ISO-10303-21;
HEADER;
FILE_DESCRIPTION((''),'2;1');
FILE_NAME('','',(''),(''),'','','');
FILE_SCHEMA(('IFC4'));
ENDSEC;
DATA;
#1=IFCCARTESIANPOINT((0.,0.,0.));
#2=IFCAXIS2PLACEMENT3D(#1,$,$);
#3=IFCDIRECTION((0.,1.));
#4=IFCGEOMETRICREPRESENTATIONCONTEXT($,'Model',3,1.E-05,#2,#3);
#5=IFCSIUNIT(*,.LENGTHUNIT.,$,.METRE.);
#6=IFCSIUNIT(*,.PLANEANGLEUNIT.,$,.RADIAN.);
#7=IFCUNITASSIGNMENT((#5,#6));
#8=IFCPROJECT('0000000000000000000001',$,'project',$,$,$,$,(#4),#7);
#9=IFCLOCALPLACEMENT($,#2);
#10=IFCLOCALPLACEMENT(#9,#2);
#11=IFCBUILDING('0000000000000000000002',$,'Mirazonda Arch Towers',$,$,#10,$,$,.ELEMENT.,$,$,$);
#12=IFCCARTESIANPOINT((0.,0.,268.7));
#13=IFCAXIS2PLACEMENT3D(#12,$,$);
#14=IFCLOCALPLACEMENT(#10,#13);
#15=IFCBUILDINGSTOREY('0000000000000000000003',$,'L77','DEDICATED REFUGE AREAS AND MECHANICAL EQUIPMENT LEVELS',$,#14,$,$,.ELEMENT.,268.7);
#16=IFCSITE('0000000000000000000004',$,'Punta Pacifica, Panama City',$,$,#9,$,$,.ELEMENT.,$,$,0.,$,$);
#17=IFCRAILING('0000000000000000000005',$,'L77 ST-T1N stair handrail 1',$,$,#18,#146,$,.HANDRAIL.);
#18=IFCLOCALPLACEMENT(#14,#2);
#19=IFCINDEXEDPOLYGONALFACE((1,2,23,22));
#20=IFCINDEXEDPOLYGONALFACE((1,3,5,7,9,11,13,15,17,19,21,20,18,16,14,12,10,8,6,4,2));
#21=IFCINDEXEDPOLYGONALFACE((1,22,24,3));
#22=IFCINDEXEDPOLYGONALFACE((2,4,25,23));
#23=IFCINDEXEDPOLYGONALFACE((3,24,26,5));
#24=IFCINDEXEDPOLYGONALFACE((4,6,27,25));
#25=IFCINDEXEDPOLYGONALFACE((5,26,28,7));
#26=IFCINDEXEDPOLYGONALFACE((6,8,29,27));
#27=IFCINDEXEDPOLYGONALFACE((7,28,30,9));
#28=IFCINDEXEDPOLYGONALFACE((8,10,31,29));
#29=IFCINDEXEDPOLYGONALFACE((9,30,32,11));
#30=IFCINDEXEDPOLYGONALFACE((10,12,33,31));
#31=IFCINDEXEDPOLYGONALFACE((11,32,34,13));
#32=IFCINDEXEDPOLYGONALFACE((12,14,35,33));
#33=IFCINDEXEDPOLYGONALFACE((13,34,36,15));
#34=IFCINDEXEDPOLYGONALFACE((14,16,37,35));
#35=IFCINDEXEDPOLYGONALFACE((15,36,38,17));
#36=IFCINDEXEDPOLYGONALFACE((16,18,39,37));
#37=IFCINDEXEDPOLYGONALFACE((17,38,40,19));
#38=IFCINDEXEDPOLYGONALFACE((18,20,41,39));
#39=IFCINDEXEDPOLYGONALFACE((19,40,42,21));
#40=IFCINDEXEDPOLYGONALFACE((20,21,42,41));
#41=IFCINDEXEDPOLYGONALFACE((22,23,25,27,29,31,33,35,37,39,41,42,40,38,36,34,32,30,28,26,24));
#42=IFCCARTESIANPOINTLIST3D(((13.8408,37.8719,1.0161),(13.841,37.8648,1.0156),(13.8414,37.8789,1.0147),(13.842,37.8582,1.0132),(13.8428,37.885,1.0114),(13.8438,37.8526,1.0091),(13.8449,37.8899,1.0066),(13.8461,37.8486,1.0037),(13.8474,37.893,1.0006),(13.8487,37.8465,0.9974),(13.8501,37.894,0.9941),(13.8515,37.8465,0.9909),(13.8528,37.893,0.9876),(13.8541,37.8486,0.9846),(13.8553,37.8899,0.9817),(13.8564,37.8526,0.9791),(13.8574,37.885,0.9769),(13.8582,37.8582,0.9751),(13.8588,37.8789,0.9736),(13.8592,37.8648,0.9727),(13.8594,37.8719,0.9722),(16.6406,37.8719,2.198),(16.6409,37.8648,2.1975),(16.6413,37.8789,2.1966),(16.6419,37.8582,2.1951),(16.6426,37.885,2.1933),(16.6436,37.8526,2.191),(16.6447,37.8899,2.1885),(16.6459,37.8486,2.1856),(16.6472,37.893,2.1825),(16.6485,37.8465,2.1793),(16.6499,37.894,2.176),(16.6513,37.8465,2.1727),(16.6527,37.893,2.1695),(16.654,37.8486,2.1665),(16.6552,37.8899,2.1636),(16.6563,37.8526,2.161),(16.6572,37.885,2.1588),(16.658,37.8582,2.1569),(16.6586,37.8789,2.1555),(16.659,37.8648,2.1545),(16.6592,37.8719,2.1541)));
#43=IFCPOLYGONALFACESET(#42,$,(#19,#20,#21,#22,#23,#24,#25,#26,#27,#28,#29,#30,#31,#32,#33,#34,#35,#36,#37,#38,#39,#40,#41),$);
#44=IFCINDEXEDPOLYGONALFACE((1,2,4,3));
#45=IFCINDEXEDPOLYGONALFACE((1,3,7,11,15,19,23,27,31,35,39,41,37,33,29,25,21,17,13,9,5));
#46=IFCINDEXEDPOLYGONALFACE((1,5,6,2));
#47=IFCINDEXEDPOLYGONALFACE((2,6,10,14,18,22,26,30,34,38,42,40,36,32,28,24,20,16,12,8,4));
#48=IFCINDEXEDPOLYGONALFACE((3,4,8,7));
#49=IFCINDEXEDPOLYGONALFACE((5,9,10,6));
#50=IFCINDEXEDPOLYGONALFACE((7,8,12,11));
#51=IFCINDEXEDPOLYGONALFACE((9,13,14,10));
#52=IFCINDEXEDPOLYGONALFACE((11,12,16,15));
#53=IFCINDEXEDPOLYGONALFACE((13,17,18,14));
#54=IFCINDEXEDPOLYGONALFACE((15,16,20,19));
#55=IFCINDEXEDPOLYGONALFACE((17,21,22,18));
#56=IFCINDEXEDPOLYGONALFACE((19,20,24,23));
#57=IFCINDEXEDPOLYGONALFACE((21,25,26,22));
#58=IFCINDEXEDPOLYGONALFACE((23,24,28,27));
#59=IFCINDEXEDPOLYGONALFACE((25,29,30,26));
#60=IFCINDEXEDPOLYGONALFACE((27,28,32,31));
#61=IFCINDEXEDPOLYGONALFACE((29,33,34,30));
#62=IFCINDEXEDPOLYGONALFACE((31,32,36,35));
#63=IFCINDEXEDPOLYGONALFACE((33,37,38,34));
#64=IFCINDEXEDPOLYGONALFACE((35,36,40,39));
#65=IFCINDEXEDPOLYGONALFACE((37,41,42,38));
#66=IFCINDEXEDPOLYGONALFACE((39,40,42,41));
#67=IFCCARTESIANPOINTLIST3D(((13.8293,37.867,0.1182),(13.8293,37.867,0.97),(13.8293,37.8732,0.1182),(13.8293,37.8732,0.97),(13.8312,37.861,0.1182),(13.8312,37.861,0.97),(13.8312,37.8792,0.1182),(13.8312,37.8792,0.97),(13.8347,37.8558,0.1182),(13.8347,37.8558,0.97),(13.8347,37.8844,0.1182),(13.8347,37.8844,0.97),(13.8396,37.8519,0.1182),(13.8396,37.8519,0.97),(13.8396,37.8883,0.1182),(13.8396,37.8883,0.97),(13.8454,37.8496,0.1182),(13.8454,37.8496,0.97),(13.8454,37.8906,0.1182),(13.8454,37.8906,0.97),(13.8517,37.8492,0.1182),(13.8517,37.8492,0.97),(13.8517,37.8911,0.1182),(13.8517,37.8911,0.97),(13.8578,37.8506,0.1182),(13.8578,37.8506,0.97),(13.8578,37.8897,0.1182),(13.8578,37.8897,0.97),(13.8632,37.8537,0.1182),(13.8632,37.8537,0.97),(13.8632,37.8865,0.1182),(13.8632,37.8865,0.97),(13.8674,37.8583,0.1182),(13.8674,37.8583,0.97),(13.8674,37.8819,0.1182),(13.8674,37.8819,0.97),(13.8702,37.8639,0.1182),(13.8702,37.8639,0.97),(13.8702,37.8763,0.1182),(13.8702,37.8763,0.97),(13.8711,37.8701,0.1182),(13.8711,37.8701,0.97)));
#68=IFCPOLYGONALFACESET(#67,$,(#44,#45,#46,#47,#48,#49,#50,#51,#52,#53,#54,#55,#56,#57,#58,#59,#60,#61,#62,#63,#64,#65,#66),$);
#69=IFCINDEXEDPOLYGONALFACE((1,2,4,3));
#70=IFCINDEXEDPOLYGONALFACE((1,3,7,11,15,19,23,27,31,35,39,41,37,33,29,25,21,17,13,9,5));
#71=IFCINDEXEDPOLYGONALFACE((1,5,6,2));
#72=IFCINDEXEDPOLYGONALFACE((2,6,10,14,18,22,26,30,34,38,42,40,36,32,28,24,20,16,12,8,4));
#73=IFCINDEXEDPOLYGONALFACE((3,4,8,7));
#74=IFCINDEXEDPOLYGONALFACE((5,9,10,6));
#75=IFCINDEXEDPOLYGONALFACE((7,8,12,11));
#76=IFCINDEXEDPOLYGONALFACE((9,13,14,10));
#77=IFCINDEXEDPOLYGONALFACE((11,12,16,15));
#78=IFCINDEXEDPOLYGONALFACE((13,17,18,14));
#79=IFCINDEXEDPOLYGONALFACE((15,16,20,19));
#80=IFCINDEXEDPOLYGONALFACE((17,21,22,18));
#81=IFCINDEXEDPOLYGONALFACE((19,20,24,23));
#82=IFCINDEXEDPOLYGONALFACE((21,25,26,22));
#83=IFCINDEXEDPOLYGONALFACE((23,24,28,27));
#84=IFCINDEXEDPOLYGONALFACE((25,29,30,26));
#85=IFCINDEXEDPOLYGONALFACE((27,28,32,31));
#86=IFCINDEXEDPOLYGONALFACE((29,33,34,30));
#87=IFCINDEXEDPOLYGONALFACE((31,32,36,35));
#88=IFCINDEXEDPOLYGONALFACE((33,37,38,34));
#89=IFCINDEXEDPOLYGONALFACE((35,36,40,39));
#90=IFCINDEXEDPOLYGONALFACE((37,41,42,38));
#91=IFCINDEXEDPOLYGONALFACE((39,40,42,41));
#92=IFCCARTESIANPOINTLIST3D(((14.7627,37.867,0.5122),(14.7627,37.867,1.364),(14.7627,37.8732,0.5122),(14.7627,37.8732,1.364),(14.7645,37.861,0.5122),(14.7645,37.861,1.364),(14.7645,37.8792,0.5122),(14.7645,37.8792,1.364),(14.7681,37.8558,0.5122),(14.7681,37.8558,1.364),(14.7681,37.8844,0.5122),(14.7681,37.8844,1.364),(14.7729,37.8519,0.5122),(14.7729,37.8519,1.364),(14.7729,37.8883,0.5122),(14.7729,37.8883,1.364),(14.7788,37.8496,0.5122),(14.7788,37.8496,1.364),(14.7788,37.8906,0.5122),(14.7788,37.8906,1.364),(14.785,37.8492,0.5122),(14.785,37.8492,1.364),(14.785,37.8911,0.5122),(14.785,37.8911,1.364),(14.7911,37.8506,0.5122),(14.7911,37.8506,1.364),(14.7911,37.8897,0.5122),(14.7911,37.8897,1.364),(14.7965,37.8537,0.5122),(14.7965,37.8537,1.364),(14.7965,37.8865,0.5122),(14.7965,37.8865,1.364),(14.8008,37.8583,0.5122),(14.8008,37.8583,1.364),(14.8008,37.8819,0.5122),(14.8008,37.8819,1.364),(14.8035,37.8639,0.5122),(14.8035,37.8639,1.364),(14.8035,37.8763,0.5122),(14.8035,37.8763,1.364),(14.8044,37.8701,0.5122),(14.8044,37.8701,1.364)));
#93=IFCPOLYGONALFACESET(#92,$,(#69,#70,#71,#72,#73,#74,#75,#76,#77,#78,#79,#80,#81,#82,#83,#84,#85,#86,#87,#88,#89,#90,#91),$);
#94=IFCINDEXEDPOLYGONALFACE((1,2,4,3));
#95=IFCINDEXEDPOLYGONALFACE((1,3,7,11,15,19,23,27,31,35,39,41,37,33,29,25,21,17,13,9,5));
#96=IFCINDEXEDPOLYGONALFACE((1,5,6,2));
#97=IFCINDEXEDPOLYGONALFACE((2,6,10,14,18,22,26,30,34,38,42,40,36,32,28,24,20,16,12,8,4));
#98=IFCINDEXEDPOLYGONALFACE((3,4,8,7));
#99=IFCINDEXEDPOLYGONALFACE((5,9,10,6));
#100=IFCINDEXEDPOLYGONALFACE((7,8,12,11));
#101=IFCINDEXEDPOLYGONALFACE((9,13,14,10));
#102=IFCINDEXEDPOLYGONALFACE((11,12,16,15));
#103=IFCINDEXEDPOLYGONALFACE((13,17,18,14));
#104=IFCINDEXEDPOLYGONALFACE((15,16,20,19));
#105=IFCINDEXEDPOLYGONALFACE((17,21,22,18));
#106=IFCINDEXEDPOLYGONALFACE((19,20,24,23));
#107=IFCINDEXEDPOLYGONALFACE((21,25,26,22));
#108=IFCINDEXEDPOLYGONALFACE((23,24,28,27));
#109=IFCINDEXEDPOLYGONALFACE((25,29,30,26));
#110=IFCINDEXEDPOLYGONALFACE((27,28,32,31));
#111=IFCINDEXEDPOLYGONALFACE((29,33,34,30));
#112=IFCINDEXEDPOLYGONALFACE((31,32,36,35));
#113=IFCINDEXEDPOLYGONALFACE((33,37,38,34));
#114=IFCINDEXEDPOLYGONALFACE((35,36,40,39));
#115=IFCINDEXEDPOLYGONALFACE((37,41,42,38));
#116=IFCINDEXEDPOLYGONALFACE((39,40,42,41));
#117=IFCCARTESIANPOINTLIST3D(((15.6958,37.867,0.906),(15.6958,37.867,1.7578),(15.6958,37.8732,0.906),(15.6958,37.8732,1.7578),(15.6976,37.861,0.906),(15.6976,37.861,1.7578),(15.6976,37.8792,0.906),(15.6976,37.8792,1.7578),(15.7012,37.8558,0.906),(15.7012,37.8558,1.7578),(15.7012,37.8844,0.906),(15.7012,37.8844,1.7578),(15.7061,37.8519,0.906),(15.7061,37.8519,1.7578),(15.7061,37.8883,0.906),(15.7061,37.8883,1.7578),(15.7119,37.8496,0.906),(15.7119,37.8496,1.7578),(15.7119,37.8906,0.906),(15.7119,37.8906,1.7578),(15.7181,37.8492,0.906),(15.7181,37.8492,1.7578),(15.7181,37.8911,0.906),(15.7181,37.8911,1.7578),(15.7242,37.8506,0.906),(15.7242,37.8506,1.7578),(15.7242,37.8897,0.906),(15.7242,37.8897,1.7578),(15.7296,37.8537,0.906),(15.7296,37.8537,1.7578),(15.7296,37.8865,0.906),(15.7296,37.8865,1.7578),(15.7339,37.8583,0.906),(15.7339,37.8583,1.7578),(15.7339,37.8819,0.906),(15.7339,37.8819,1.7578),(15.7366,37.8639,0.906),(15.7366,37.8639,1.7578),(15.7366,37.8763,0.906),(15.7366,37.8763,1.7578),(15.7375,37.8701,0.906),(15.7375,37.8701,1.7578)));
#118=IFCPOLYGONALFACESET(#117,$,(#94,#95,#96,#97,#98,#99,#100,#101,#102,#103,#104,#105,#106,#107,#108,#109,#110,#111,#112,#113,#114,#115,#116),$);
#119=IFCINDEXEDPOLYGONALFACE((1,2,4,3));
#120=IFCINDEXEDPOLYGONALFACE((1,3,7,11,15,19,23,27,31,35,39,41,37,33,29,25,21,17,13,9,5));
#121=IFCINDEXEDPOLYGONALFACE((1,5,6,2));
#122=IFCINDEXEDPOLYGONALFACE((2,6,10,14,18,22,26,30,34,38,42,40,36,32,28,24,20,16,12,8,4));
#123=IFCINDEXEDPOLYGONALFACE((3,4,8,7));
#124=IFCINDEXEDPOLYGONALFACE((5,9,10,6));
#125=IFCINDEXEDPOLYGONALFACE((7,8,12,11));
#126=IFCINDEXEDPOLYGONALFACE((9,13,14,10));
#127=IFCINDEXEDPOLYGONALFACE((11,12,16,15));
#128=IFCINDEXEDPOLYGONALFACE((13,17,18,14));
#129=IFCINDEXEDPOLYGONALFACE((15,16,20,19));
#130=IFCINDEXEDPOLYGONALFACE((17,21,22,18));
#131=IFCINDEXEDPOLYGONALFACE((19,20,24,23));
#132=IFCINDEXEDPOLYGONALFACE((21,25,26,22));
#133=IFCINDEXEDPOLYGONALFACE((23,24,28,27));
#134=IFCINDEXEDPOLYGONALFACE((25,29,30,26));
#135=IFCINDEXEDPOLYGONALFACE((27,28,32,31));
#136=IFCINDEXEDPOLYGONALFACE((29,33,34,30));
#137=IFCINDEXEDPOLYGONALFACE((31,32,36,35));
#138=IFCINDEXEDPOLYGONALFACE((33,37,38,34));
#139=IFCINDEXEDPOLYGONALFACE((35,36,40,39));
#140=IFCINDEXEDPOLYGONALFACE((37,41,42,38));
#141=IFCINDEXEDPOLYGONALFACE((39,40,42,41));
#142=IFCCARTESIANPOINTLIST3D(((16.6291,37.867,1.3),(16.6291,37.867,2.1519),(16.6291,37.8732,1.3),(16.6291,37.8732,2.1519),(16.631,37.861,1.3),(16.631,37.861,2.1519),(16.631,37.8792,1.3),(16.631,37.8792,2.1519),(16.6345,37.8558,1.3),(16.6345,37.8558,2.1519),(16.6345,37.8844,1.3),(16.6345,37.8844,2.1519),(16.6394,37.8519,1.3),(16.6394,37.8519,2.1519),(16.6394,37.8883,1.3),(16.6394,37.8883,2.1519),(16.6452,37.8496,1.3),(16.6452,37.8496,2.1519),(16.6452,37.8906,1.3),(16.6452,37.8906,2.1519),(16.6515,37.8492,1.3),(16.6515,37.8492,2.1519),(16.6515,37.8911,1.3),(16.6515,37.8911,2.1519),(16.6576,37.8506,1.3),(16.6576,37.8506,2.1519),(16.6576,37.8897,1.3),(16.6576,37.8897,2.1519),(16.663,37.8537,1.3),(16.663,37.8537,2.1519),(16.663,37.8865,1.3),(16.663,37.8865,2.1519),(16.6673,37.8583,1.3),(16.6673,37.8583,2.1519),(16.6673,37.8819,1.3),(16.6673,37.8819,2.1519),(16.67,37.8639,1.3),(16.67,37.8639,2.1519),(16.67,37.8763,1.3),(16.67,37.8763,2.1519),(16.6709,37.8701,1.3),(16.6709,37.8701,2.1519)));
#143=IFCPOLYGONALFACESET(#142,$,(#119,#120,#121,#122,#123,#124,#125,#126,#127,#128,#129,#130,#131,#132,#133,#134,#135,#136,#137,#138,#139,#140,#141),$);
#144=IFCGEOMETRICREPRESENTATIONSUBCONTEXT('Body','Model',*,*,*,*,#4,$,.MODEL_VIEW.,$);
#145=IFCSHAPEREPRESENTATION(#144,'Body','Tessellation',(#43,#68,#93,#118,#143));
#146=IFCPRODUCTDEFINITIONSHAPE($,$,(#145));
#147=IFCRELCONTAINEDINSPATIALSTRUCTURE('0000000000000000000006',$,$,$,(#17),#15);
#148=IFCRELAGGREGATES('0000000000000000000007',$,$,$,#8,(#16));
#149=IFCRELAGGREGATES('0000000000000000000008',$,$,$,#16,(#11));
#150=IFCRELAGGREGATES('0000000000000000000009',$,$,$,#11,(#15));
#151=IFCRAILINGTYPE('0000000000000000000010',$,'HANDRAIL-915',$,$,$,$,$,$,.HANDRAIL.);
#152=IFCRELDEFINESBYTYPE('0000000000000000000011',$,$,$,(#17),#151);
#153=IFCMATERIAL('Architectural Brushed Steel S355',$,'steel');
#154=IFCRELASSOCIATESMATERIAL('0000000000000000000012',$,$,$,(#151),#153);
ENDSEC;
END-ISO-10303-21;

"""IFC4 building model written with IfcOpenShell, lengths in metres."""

from ifc_helpers import new_model, si_unit, direction, frame, origin, origin_2d, place, context, subcontext, project, spatial, circle, extrude, material, type_object, element, save


model = new_model("IFC4")

# Units and contexts
model_context = context("Model", 3, precision=1e-05, world=origin(), true_north=direction((0.0, 1.0)))
body_context = subcontext(model_context, "Body", "Model", "MODEL_VIEW")
ifc_project = project(units=[si_unit("LENGTHUNIT", "METRE"), si_unit("PLANEANGLEUNIT", "RADIAN")], contexts=[model_context])

# Site, building, storey
site_placement = place(None, origin())
site = spatial("IfcSite", under=ifc_project, at=site_placement, Name="Punta Pacifica, Panama City", CompositionType="ELEMENT", RefElevation=0.0)
building_placement = place(site_placement, origin())
building = spatial("IfcBuilding", under=site, at=building_placement, Name="Mirazonda Arch Towers", CompositionType="ELEMENT")
storey_placement = place(building_placement, frame((0.0, 0.0, 268.7)))
storey = spatial("IfcBuildingStorey", under=building, at=storey_placement, Name="L77", Description="DEDICATED REFUGE AREAS AND MECHANICAL EQUIPMENT LEVELS", CompositionType="ELEMENT", Elevation=268.7)

# Shared definitions
ifc_material_1 = material(Name="Architectural Brushed Steel S355", Category="steel")

# Railing
railing_type_1 = type_object("IfcRailingType", Name="HANDRAIL-915", PredefinedType="HANDRAIL", material=ifc_material_1)
railing_1_placement = place(storey_placement, frame((13.8501, 37.8701, 0.1182)))
element("IfcRailing", 1, at=railing_1_placement, inside=storey, type_object=railing_type_1, Name="L77 ST-T1N stair handrail 1", PredefinedType="HANDRAIL", context=body_context, shape_type="SweptSolid", body=[
    extrude(circle(Radius=0.0239, at=origin_2d()), frame((0.0, 0.0, 0.876), z_axis=(0.92128, 0.0, 0.388901), x_axis=(0.0, 1.0, 0.0)), (0.0, 0.0, 1.0), 3.0391),
    extrude(circle(Radius=0.021, at=origin_2d()), origin(), (0.0, 0.0, 1.0), 0.8518),
    extrude(circle(Radius=0.021, at=origin_2d()), frame((0.9333, 0.0, 0.394)), (0.0, 0.0, 1.0), 0.8518),
    extrude(circle(Radius=0.021, at=origin_2d()), frame((1.8665, 0.0, 0.7878)), (0.0, 0.0, 1.0), 0.8518),
    extrude(circle(Radius=0.021, at=origin_2d()), frame((2.7998, 0.0, 1.1819)), (0.0, 0.0, 1.0), 0.8518),
])

save(model, "model.ifc")
